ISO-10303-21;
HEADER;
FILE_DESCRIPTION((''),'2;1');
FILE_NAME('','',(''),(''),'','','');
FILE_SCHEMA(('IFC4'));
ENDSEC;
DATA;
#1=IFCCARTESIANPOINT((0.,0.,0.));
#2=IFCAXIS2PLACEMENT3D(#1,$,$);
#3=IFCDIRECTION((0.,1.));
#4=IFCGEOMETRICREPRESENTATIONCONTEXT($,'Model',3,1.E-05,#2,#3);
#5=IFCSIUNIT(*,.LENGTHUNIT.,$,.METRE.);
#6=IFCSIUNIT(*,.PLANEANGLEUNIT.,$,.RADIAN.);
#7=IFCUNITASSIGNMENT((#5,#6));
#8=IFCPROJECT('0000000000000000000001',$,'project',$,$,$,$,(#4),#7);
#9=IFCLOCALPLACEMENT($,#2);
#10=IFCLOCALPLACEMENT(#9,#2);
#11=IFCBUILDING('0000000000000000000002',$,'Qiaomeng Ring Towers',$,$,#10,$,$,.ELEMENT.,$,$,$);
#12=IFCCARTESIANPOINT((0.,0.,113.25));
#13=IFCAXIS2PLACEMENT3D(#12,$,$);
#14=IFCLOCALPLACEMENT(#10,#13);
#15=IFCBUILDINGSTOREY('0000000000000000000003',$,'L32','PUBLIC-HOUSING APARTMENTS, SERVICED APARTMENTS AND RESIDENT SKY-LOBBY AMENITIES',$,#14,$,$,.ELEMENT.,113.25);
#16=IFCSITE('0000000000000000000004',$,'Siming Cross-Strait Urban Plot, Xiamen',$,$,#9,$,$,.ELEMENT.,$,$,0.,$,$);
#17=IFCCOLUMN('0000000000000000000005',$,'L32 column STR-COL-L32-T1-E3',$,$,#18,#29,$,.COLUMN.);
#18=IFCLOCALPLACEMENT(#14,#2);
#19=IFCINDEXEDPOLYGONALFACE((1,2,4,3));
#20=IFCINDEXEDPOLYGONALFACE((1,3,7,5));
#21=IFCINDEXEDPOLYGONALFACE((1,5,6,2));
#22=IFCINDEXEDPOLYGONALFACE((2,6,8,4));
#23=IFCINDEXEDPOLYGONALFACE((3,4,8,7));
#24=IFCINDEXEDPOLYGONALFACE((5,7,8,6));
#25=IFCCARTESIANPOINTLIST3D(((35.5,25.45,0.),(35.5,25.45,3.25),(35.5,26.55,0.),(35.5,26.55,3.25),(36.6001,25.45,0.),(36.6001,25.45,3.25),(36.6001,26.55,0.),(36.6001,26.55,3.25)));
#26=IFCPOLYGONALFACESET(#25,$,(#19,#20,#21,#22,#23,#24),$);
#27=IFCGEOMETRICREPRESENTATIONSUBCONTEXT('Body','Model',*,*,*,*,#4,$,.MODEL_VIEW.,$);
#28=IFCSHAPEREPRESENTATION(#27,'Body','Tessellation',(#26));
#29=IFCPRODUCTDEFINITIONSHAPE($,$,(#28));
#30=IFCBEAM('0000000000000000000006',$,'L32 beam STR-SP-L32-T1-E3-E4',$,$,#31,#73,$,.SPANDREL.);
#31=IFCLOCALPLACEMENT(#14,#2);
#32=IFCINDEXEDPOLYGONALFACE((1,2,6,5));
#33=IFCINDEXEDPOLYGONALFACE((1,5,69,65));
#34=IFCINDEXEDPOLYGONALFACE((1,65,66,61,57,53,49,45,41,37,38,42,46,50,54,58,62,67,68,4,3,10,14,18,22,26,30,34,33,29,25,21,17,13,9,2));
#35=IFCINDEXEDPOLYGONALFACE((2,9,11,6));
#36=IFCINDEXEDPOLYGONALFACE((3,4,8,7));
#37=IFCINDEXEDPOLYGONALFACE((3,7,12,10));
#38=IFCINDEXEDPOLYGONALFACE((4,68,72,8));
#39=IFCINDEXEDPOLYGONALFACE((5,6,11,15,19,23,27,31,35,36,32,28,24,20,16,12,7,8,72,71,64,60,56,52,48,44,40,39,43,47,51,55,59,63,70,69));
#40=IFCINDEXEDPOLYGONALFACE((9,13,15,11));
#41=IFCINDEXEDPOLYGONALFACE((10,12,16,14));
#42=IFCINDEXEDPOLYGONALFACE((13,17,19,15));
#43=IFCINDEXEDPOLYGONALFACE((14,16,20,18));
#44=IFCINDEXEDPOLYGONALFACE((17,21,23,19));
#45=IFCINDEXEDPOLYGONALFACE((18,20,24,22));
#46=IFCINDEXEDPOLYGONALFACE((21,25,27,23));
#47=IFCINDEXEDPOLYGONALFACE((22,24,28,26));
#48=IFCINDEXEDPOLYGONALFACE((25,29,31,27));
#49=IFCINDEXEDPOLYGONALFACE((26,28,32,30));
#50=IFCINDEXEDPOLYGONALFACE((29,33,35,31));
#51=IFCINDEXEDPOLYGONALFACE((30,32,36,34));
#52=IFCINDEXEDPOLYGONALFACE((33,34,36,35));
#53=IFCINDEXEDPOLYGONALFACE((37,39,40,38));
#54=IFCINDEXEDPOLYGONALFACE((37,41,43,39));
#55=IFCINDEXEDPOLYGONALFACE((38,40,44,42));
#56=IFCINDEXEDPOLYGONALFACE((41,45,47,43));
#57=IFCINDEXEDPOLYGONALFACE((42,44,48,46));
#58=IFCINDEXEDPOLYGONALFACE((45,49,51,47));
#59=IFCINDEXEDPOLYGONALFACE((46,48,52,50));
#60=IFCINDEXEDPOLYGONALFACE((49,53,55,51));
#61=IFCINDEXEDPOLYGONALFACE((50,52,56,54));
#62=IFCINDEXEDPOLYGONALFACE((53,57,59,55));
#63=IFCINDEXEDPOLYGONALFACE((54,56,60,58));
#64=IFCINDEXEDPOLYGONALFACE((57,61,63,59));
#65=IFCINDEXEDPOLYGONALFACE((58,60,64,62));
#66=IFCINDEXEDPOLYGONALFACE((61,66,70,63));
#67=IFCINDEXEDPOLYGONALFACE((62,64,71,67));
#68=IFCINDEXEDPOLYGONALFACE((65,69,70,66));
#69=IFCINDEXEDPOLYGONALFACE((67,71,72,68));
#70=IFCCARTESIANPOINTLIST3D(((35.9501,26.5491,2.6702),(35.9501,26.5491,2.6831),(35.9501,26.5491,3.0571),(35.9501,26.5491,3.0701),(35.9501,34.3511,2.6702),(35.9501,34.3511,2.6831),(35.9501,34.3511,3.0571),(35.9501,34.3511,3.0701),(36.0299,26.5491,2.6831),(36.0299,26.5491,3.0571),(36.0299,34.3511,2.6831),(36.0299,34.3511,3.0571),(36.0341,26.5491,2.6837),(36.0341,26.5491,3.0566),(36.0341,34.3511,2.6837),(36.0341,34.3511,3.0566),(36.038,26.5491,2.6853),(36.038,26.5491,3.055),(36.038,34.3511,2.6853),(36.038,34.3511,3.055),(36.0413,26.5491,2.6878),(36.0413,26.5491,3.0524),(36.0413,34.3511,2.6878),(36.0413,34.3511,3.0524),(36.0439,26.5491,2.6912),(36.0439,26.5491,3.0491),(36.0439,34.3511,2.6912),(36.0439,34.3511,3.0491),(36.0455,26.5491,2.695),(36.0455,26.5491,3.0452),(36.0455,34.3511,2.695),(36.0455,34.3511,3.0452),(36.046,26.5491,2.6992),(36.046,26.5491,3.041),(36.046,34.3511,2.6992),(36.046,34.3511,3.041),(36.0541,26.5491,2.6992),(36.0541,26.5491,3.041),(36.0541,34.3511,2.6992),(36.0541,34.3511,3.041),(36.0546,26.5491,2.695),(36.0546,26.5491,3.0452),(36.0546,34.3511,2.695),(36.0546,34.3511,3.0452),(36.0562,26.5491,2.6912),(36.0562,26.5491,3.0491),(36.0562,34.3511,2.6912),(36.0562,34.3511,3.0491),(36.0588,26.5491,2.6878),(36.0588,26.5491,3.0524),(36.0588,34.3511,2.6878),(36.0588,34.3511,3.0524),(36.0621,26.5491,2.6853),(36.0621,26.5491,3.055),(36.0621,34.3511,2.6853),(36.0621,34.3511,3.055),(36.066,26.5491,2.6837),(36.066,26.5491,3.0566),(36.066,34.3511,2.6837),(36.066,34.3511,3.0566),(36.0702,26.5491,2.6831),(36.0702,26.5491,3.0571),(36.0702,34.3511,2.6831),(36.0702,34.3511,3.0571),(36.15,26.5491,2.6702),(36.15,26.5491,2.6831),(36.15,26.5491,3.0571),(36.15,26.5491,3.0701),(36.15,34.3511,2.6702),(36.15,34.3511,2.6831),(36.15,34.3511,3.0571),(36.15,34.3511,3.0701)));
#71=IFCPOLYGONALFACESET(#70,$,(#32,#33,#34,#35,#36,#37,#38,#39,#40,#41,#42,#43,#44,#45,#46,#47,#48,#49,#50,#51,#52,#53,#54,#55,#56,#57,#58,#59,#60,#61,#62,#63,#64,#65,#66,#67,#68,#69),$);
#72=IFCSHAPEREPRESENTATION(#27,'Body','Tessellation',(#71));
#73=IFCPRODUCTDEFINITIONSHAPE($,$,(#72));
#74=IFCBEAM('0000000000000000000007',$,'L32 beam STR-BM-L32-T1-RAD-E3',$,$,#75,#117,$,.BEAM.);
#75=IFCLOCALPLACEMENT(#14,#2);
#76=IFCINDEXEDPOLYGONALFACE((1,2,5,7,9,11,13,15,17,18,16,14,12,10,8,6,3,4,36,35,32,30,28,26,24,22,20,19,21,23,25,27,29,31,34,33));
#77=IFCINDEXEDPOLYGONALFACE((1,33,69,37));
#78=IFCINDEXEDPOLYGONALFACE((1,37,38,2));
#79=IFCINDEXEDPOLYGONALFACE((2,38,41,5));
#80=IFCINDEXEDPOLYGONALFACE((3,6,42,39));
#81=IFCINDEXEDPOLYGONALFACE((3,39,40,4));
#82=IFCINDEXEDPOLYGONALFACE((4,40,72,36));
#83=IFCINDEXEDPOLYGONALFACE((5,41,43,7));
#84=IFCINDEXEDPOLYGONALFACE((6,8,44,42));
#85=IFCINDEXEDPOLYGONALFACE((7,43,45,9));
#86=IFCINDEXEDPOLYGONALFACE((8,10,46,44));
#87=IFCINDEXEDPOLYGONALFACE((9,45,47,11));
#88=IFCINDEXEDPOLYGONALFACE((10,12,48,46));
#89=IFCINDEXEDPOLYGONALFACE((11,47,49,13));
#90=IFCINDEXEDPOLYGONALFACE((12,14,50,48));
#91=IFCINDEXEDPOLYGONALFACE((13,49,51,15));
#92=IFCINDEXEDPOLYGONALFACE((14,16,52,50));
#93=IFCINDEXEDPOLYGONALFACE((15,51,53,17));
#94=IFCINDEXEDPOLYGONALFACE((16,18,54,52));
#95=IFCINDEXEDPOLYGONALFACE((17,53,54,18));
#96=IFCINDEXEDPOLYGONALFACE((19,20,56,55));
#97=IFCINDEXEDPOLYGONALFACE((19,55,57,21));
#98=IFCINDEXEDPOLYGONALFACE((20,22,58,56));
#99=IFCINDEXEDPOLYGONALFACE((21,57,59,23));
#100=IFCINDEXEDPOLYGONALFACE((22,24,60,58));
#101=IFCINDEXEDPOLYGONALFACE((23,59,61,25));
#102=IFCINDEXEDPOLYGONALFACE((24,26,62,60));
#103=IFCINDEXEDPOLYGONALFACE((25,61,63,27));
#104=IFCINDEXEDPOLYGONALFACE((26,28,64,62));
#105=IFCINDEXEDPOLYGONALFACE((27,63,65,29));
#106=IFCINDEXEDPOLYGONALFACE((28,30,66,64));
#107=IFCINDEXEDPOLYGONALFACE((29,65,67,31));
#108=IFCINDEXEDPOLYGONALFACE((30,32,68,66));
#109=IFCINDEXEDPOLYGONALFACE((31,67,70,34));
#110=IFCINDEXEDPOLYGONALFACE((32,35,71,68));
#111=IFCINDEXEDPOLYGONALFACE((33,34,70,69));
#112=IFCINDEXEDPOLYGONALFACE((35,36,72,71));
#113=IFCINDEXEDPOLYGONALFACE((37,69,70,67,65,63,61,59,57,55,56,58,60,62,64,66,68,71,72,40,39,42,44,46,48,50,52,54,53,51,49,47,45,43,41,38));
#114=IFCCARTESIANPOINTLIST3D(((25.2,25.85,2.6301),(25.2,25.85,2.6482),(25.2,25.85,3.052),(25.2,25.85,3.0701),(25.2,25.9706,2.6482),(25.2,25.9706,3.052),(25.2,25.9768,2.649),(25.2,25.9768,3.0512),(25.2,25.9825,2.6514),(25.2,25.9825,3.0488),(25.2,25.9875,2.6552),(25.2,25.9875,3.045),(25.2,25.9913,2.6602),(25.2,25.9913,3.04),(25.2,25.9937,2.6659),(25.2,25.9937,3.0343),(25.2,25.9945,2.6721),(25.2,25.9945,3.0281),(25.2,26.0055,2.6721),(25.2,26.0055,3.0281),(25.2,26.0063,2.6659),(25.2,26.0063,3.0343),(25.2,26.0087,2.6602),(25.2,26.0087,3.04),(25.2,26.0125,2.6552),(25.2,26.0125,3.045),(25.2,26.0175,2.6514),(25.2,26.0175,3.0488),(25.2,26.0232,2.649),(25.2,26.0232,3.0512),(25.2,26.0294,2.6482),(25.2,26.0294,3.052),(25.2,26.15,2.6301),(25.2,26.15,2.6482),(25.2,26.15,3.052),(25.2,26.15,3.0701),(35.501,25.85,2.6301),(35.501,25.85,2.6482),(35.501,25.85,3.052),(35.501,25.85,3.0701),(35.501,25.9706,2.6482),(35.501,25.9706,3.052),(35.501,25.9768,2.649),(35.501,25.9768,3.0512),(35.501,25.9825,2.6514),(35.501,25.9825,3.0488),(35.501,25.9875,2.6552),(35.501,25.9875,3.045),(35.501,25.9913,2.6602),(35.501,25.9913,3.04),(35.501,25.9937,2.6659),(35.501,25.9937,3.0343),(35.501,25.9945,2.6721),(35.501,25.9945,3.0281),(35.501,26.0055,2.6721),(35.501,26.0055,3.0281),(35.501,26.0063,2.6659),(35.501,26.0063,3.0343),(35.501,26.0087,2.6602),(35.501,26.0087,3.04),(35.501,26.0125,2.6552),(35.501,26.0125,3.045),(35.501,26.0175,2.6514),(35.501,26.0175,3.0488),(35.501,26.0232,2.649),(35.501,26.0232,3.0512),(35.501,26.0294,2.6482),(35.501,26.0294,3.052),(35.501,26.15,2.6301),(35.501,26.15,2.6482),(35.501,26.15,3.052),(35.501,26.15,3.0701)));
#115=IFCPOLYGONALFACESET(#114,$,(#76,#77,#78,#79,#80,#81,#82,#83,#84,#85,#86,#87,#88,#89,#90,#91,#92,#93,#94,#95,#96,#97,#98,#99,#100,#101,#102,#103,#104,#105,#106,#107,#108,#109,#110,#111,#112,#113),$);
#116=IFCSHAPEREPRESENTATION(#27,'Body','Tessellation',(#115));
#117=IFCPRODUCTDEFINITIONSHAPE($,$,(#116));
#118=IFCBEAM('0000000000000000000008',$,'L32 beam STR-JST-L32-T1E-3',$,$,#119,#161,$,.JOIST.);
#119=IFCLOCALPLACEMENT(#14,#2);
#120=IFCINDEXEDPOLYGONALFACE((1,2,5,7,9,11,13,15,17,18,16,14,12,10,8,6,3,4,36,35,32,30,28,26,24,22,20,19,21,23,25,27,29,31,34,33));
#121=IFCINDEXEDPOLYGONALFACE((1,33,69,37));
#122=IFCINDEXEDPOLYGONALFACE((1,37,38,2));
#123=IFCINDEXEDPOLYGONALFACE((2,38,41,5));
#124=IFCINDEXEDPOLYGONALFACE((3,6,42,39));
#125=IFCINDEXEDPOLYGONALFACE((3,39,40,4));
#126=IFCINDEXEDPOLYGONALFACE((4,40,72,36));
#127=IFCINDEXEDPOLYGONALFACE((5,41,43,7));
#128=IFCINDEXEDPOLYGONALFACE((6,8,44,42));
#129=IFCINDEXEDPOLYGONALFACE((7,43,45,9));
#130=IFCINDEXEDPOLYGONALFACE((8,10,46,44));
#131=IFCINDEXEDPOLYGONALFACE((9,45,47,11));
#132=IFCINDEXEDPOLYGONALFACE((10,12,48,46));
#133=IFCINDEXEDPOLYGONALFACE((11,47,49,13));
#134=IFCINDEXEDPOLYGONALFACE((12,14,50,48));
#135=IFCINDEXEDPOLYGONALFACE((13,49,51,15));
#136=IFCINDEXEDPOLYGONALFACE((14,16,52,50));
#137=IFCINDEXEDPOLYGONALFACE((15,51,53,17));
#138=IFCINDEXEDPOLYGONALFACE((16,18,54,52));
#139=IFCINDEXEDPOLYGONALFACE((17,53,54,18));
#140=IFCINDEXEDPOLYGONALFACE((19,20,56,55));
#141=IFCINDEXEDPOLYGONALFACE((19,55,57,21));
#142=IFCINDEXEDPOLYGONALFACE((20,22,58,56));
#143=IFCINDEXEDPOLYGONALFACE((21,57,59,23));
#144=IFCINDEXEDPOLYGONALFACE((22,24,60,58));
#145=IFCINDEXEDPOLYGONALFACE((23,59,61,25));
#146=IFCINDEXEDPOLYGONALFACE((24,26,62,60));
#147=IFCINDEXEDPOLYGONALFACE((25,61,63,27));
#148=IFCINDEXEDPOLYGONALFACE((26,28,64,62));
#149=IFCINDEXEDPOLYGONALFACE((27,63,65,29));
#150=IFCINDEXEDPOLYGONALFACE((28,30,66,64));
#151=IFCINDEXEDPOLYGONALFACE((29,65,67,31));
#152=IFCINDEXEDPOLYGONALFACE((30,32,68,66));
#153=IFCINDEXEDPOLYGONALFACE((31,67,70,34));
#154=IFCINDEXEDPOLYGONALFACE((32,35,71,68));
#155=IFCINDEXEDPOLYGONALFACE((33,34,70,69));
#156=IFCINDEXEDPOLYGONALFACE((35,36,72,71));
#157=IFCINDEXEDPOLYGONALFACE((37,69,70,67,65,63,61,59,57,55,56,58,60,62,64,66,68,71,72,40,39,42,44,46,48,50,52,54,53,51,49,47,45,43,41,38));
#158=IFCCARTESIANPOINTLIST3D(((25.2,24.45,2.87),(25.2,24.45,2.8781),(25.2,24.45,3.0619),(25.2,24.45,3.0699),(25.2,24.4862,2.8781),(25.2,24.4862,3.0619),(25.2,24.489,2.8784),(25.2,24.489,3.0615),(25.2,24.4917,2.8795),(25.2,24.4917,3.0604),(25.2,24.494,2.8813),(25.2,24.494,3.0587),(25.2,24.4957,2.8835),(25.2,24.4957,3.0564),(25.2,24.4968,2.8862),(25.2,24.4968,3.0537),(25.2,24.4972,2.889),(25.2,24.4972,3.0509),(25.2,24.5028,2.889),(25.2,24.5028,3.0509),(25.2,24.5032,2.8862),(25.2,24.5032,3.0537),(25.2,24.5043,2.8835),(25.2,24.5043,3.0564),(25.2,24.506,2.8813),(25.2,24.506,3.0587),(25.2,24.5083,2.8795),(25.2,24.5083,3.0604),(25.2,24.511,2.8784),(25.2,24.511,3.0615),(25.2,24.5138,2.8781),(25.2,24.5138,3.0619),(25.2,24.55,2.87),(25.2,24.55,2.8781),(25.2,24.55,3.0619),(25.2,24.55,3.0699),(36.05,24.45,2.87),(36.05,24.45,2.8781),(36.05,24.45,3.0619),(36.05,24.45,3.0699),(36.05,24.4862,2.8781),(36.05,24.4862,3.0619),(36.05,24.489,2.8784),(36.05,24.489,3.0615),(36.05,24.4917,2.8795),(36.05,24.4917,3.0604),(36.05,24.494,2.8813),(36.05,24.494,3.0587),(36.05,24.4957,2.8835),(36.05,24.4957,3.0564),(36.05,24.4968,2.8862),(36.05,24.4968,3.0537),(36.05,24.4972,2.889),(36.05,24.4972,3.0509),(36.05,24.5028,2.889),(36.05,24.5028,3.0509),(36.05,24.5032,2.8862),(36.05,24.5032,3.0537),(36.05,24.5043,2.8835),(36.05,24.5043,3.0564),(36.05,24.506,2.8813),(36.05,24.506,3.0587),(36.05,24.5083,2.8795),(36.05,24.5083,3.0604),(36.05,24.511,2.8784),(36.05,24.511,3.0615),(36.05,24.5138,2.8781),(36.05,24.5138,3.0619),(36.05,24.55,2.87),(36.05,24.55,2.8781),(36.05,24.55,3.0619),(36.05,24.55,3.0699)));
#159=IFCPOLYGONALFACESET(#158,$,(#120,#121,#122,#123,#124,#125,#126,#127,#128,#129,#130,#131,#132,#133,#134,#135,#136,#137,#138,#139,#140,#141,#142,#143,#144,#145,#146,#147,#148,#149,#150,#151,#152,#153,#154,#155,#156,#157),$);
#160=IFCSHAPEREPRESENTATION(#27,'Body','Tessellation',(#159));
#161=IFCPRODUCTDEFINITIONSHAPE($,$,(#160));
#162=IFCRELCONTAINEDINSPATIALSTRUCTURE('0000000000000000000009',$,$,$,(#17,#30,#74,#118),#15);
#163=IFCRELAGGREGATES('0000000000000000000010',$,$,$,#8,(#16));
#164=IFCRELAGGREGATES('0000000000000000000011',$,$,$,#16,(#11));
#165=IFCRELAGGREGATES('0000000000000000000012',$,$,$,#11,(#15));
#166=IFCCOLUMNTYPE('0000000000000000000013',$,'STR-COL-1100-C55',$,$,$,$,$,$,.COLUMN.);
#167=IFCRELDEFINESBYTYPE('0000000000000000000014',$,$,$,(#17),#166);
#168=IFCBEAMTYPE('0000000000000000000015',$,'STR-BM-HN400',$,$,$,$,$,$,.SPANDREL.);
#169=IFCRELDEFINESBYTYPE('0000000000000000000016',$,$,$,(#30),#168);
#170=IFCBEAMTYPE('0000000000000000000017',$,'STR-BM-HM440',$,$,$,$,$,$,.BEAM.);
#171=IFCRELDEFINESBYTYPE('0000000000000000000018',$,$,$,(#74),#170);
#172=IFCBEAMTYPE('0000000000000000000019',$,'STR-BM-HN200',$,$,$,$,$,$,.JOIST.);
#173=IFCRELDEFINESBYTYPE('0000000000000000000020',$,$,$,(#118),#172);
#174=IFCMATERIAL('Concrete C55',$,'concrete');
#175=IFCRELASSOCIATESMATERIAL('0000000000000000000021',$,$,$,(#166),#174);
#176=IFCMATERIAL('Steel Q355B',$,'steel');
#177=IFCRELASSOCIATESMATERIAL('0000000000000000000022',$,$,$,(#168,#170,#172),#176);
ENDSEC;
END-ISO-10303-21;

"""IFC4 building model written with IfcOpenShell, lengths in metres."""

from ifc_helpers import new_model, si_unit, direction, frame, origin, origin_2d, place, context, subcontext, project, spatial, rectangle, i_section, extrude, source, transform, mapped, material, material_profile, profile_set, type_object, element, save


model = new_model("IFC4")

# Units and contexts
model_context = context("Model", 3, precision=1e-05, world=origin(), true_north=direction((0.0, 1.0)))
body_context = subcontext(model_context, "Body", "Model", "MODEL_VIEW")
ifc_project = project(units=[si_unit("LENGTHUNIT", "METRE"), si_unit("PLANEANGLEUNIT", "RADIAN")], contexts=[model_context])

# Site, building, storey
site_placement = place(None, origin())
site = spatial("IfcSite", under=ifc_project, at=site_placement, Name="Siming Cross-Strait Urban Plot, Xiamen", CompositionType="ELEMENT", RefElevation=0.0)
building_placement = place(site_placement, origin())
building = spatial("IfcBuilding", under=site, at=building_placement, Name="Qiaomeng Ring Towers", CompositionType="ELEMENT")
storey_placement = place(building_placement, frame((0.0, 0.0, 113.25)))
storey = spatial("IfcBuildingStorey", under=building, at=storey_placement, Name="L32", Description="PUBLIC-HOUSING APARTMENTS, SERVICED APARTMENTS AND RESIDENT SKY-LOBBY AMENITIES", CompositionType="ELEMENT", Elevation=113.25)

# Column
ifc_material_1 = material(Name="Concrete C55", Category="concrete")
ifc_material_profile_1 = material_profile(ifc_material_1, rectangle(XDim=1.1001, YDim=1.1001, at=origin_2d()), Name="RC COL 1100x1100")
ifc_profile_set_1 = profile_set([ifc_material_profile_1], Name="Concrete C55")
column_type = type_object("IfcColumnType", Name="STR-COL-1100-C55", PredefinedType="COLUMN", material=ifc_profile_set_1)
shared_shape_1 = source(origin(), body_context, "Body", "SweptSolid", [
    extrude(rectangle(XDim=1.1001, YDim=1.1001, at=origin_2d()), origin(), (0.0, 0.0, 1.0), 3.25),
])
column_placement = place(storey_placement, frame((36.05, 26.0, 0.0), z_axis=(0.0, 0.0, 1.0), x_axis=(1.0, 0.0, 0.0)))
element("IfcColumn", 1, at=column_placement, inside=storey, type_object=column_type, Name="L32 column STR-COL-L32-T1-E3", PredefinedType="COLUMN", context=body_context, shape_type="MappedRepresentation", body=[
    mapped(shared_shape_1, transform((0.0, 0.0, 0.0), x_axis=(1.0, 0.0, 0.0), y_axis=(0.0, 1.0, 0.0), z_axis=(0.0, 0.0, 1.0), scale=1.0)),
])

# Beams
ifc_material_2 = material(Name="Steel Q355B", Category="steel")
ifc_material_profile_2 = material_profile(ifc_material_2, i_section(OverallWidth=0.2, OverallDepth=0.3999, WebThickness=0.0081, FlangeThickness=0.0129, FilletRadius=0.0161, at=origin_2d()), Name="HN 400x200x8x13")
ifc_profile_set_2 = profile_set([ifc_material_profile_2], Name="Steel Q355B")
beam_type_1 = type_object("IfcBeamType", Name="STR-BM-HN400", PredefinedType="SPANDREL", material=ifc_profile_set_2)
shared_shape_2 = source(origin(), body_context, "Body", "SweptSolid", [
    extrude(i_section(OverallWidth=0.2, OverallDepth=0.3999, WebThickness=0.0081, FlangeThickness=0.0129, FilletRadius=0.0161, at=origin_2d()), origin(), (0.0, 0.0, 1.0), 7.802),
])
beam_1_placement = place(storey_placement, frame((36.05, 26.5491, 2.8701), z_axis=(0.0, 1.0, 0.0), x_axis=(-1.0, 0.0, 0.0)))
element("IfcBeam", 2, at=beam_1_placement, inside=storey, type_object=beam_type_1, Name="L32 beam STR-SP-L32-T1-E3-E4", PredefinedType="SPANDREL", context=body_context, shape_type="MappedRepresentation", body=[
    mapped(shared_shape_2, transform((0.0, 0.0, 0.0), x_axis=(1.0, 0.0, 0.0), y_axis=(0.0, 1.0, 0.0), z_axis=(0.0, 0.0, 1.0), scale=1.0)),
])
ifc_material_profile_3 = material_profile(ifc_material_2, i_section(OverallWidth=0.3, OverallDepth=0.4399, WebThickness=0.011, FlangeThickness=0.0181, FilletRadius=0.0239, at=origin_2d()), Name="HM 440x300x11x18")
ifc_profile_set_3 = profile_set([ifc_material_profile_3], Name="Steel Q355B")
beam_type_2 = type_object("IfcBeamType", Name="STR-BM-HM440", PredefinedType="BEAM", material=ifc_profile_set_3)
shared_shape_3 = source(origin(), body_context, "Body", "SweptSolid", [
    extrude(i_section(OverallWidth=0.3, OverallDepth=0.4399, WebThickness=0.011, FlangeThickness=0.0181, FilletRadius=0.0239, at=origin_2d()), origin(), (0.0, 0.0, 1.0), 10.301),
])
beam_2_placement = place(storey_placement, frame((25.2, 26.0, 2.8501), z_axis=(1.0, 0.0, 0.0), x_axis=(0.0, 1.0, 0.0)))
element("IfcBeam", 3, at=beam_2_placement, inside=storey, type_object=beam_type_2, Name="L32 beam STR-BM-L32-T1-RAD-E3", PredefinedType="BEAM", context=body_context, shape_type="MappedRepresentation", body=[
    mapped(shared_shape_3, transform((0.0, 0.0, 0.0), x_axis=(1.0, 0.0, 0.0), y_axis=(0.0, 1.0, 0.0), z_axis=(0.0, 0.0, 1.0), scale=1.0)),
])
ifc_material_profile_4 = material_profile(ifc_material_2, i_section(OverallWidth=0.1001, OverallDepth=0.2, WebThickness=0.0056, FlangeThickness=0.0081, FilletRadius=0.011, at=origin_2d()), Name="HN 200x100x5.5x8")
ifc_profile_set_4 = profile_set([ifc_material_profile_4], Name="Steel Q355B")
beam_type_3 = type_object("IfcBeamType", Name="STR-BM-HN200", PredefinedType="JOIST", material=ifc_profile_set_4)
shared_shape_4 = source(origin(), body_context, "Body", "SweptSolid", [
    extrude(i_section(OverallWidth=0.1001, OverallDepth=0.2, WebThickness=0.0056, FlangeThickness=0.0081, FilletRadius=0.011, at=origin_2d()), origin(), (0.0, 0.0, 1.0), 10.8501),
])
for number, where, z_axis, x_axis, name in (
    (4, (25.2, 24.5, 2.97), (1.0, 0.0, 0.0), (0.0, 1.0, 0.0), "L32 beam STR-JST-L32-T1E-3"),
):
    element("IfcBeam", number, at=place(storey_placement, frame(where, z_axis=z_axis, x_axis=x_axis)), inside=storey, type_object=beam_type_3, Name=name, PredefinedType="JOIST", context=body_context, shape_type="MappedRepresentation", body=[
        mapped(shared_shape_4, transform((0.0, 0.0, 0.0), x_axis=(1.0, 0.0, 0.0), y_axis=(0.0, 1.0, 0.0), z_axis=(0.0, 0.0, 1.0), scale=1.0)),
    ])

save(model, "model.ifc")
